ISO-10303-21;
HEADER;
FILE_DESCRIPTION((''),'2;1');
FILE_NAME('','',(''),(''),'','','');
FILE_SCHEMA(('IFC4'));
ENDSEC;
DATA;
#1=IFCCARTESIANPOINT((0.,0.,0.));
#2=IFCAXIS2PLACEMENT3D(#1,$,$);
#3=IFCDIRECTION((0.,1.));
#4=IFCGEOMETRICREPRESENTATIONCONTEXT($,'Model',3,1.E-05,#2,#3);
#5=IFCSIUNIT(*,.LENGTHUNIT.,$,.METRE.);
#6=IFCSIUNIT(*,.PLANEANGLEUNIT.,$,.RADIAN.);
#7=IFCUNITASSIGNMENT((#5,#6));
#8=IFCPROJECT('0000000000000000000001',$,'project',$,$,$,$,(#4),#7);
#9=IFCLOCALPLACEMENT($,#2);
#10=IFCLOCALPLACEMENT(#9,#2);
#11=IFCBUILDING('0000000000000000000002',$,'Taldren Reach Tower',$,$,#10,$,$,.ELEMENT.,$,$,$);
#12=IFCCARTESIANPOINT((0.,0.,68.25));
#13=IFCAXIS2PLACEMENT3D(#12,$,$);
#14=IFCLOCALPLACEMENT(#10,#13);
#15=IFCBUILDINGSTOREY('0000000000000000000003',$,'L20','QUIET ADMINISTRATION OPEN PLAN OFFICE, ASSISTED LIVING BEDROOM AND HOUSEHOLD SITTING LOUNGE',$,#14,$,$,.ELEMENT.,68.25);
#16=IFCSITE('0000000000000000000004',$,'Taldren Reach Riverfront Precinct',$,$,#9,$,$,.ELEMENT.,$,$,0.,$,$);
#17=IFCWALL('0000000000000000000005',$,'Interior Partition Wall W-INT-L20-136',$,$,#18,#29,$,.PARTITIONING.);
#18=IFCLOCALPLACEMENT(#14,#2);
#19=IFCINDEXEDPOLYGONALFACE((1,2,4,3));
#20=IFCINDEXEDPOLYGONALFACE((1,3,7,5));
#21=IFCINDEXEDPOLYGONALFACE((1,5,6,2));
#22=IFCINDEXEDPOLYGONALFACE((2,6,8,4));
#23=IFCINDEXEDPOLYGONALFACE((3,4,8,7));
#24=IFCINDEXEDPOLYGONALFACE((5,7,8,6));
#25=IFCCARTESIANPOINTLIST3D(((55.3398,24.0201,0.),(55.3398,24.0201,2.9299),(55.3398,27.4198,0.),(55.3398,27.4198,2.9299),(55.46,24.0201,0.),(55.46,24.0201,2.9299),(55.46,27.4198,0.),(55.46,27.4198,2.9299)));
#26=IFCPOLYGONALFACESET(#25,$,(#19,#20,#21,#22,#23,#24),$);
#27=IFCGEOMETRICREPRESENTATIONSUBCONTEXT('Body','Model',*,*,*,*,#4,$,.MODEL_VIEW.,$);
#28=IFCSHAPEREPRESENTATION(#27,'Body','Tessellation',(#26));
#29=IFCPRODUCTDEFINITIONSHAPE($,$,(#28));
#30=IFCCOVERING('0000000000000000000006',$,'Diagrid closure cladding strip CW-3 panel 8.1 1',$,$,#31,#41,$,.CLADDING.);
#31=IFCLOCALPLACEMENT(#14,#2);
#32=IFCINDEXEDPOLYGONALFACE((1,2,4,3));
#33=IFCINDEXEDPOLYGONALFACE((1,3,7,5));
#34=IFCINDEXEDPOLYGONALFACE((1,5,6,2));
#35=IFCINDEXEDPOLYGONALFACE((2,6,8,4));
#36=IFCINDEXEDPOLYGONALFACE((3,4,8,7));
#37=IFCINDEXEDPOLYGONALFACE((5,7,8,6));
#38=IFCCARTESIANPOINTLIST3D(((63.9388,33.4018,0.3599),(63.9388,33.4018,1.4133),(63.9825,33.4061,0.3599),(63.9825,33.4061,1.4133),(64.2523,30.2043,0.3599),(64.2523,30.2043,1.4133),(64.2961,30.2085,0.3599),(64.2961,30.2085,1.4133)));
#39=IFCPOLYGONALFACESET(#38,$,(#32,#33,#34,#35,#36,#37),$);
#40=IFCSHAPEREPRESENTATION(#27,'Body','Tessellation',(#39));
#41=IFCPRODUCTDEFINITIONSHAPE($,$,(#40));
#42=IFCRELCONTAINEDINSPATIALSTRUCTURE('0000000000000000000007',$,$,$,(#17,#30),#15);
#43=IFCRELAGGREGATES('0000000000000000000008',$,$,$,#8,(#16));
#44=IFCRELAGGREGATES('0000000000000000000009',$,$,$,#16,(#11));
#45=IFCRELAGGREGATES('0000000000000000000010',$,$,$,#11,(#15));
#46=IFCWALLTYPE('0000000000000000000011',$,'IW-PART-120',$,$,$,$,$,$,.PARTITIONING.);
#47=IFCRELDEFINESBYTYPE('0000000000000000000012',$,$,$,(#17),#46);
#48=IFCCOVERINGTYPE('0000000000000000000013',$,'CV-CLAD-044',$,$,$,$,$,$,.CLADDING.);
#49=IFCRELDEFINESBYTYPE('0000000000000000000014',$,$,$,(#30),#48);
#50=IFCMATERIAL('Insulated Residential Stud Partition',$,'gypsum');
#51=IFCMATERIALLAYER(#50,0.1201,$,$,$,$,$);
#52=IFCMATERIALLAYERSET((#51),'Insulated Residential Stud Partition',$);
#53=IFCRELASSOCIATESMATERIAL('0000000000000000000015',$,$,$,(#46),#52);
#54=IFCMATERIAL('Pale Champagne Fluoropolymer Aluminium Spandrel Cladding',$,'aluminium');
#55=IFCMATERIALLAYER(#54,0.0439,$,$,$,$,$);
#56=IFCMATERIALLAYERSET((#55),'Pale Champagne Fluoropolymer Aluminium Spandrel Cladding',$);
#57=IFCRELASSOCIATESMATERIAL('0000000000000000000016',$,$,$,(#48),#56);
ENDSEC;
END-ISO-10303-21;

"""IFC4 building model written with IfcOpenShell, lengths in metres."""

from ifc_helpers import new_model, si_unit, direction, frame, frame_2d, origin, origin_2d, place, context, subcontext, project, spatial, rectangle, extrude, source, transform, mapped, material, layer, layer_set, type_object, element, save


model = new_model("IFC4")

# Units and contexts
model_context = context("Model", 3, precision=1e-05, world=origin(), true_north=direction((0.0, 1.0)))
body_context = subcontext(model_context, "Body", "Model", "MODEL_VIEW")
ifc_project = project(units=[si_unit("LENGTHUNIT", "METRE"), si_unit("PLANEANGLEUNIT", "RADIAN")], contexts=[model_context])

# Site, building, storey
site_placement = place(None, origin())
site = spatial("IfcSite", under=ifc_project, at=site_placement, Name="Taldren Reach Riverfront Precinct", CompositionType="ELEMENT", RefElevation=0.0)
building_placement = place(site_placement, origin())
building = spatial("IfcBuilding", under=site, at=building_placement, Name="Taldren Reach Tower", CompositionType="ELEMENT")
storey_placement = place(building_placement, frame((0.0, 0.0, 68.25)))
storey = spatial("IfcBuildingStorey", under=building, at=storey_placement, Name="L20", Description="QUIET ADMINISTRATION OPEN PLAN OFFICE, ASSISTED LIVING BEDROOM AND HOUSEHOLD SITTING LOUNGE", CompositionType="ELEMENT", Elevation=68.25)

# Shared definitions
ifc_material_1 = material(Name="Insulated Residential Stud Partition", Category="gypsum")
ifc_layer_1 = layer(ifc_material_1, 0.1201)
ifc_layer_set_1 = layer_set([ifc_layer_1], Name="Insulated Residential Stud Partition")
wall_type_1 = type_object("IfcWallType", Name="IW-PART-120", PredefinedType="PARTITIONING", material=ifc_layer_set_1)

# Wall
shared_shape_1 = source(origin(), body_context, "Body", "SweptSolid", [
    extrude(rectangle(XDim=3.3997, YDim=0.1201, at=frame_2d((1.6997, 0.0))), origin(), (0.0, 0.0, 1.0), 2.9299),
])
wall_1_placement = place(storey_placement, frame((55.3999, 24.0203, 0.0), z_axis=(0.0, 0.0, 1.0), x_axis=(0.0, 1.0, 0.0)))
element("IfcWall", 1, at=wall_1_placement, inside=storey, type_object=wall_type_1, Name="Interior Partition Wall W-INT-L20-136", PredefinedType="PARTITIONING", context=body_context, shape_type="MappedRepresentation", body=[
    mapped(shared_shape_1, transform((0.0, 0.0, 0.0), scale=1.0)),
])

# Covering
ifc_material_2 = material(Name="Pale Champagne Fluoropolymer Aluminium Spandrel Cladding", Category="aluminium")
ifc_layer_2 = layer(ifc_material_2, 0.0439)
ifc_layer_set_2 = layer_set([ifc_layer_2], Name="Pale Champagne Fluoropolymer Aluminium Spandrel Cladding")
covering_type = type_object("IfcCoveringType", Name="CV-CLAD-044", PredefinedType="CLADDING", material=ifc_layer_set_2)
shared_shape_2 = source(origin(), body_context, "Body", "SweptSolid", [
    extrude(rectangle(XDim=3.2129, YDim=0.0439, at=origin_2d()), origin(), (0.0, 0.0, 1.0), 1.0535),
])
covering_placement = place(storey_placement, frame((64.1174, 31.8052, 0.3599), z_axis=(0.0, 0.0, 1.0), x_axis=(-0.097583, 0.995227, 0.0)))
element("IfcCovering", 2, at=covering_placement, inside=storey, type_object=covering_type, Name="Diagrid closure cladding strip CW-3 panel 8.1 1", PredefinedType="CLADDING", context=body_context, shape_type="MappedRepresentation", body=[
    mapped(shared_shape_2, transform((0.0, 0.0, 0.0), scale=1.0)),
])

save(model, "model.ifc")
